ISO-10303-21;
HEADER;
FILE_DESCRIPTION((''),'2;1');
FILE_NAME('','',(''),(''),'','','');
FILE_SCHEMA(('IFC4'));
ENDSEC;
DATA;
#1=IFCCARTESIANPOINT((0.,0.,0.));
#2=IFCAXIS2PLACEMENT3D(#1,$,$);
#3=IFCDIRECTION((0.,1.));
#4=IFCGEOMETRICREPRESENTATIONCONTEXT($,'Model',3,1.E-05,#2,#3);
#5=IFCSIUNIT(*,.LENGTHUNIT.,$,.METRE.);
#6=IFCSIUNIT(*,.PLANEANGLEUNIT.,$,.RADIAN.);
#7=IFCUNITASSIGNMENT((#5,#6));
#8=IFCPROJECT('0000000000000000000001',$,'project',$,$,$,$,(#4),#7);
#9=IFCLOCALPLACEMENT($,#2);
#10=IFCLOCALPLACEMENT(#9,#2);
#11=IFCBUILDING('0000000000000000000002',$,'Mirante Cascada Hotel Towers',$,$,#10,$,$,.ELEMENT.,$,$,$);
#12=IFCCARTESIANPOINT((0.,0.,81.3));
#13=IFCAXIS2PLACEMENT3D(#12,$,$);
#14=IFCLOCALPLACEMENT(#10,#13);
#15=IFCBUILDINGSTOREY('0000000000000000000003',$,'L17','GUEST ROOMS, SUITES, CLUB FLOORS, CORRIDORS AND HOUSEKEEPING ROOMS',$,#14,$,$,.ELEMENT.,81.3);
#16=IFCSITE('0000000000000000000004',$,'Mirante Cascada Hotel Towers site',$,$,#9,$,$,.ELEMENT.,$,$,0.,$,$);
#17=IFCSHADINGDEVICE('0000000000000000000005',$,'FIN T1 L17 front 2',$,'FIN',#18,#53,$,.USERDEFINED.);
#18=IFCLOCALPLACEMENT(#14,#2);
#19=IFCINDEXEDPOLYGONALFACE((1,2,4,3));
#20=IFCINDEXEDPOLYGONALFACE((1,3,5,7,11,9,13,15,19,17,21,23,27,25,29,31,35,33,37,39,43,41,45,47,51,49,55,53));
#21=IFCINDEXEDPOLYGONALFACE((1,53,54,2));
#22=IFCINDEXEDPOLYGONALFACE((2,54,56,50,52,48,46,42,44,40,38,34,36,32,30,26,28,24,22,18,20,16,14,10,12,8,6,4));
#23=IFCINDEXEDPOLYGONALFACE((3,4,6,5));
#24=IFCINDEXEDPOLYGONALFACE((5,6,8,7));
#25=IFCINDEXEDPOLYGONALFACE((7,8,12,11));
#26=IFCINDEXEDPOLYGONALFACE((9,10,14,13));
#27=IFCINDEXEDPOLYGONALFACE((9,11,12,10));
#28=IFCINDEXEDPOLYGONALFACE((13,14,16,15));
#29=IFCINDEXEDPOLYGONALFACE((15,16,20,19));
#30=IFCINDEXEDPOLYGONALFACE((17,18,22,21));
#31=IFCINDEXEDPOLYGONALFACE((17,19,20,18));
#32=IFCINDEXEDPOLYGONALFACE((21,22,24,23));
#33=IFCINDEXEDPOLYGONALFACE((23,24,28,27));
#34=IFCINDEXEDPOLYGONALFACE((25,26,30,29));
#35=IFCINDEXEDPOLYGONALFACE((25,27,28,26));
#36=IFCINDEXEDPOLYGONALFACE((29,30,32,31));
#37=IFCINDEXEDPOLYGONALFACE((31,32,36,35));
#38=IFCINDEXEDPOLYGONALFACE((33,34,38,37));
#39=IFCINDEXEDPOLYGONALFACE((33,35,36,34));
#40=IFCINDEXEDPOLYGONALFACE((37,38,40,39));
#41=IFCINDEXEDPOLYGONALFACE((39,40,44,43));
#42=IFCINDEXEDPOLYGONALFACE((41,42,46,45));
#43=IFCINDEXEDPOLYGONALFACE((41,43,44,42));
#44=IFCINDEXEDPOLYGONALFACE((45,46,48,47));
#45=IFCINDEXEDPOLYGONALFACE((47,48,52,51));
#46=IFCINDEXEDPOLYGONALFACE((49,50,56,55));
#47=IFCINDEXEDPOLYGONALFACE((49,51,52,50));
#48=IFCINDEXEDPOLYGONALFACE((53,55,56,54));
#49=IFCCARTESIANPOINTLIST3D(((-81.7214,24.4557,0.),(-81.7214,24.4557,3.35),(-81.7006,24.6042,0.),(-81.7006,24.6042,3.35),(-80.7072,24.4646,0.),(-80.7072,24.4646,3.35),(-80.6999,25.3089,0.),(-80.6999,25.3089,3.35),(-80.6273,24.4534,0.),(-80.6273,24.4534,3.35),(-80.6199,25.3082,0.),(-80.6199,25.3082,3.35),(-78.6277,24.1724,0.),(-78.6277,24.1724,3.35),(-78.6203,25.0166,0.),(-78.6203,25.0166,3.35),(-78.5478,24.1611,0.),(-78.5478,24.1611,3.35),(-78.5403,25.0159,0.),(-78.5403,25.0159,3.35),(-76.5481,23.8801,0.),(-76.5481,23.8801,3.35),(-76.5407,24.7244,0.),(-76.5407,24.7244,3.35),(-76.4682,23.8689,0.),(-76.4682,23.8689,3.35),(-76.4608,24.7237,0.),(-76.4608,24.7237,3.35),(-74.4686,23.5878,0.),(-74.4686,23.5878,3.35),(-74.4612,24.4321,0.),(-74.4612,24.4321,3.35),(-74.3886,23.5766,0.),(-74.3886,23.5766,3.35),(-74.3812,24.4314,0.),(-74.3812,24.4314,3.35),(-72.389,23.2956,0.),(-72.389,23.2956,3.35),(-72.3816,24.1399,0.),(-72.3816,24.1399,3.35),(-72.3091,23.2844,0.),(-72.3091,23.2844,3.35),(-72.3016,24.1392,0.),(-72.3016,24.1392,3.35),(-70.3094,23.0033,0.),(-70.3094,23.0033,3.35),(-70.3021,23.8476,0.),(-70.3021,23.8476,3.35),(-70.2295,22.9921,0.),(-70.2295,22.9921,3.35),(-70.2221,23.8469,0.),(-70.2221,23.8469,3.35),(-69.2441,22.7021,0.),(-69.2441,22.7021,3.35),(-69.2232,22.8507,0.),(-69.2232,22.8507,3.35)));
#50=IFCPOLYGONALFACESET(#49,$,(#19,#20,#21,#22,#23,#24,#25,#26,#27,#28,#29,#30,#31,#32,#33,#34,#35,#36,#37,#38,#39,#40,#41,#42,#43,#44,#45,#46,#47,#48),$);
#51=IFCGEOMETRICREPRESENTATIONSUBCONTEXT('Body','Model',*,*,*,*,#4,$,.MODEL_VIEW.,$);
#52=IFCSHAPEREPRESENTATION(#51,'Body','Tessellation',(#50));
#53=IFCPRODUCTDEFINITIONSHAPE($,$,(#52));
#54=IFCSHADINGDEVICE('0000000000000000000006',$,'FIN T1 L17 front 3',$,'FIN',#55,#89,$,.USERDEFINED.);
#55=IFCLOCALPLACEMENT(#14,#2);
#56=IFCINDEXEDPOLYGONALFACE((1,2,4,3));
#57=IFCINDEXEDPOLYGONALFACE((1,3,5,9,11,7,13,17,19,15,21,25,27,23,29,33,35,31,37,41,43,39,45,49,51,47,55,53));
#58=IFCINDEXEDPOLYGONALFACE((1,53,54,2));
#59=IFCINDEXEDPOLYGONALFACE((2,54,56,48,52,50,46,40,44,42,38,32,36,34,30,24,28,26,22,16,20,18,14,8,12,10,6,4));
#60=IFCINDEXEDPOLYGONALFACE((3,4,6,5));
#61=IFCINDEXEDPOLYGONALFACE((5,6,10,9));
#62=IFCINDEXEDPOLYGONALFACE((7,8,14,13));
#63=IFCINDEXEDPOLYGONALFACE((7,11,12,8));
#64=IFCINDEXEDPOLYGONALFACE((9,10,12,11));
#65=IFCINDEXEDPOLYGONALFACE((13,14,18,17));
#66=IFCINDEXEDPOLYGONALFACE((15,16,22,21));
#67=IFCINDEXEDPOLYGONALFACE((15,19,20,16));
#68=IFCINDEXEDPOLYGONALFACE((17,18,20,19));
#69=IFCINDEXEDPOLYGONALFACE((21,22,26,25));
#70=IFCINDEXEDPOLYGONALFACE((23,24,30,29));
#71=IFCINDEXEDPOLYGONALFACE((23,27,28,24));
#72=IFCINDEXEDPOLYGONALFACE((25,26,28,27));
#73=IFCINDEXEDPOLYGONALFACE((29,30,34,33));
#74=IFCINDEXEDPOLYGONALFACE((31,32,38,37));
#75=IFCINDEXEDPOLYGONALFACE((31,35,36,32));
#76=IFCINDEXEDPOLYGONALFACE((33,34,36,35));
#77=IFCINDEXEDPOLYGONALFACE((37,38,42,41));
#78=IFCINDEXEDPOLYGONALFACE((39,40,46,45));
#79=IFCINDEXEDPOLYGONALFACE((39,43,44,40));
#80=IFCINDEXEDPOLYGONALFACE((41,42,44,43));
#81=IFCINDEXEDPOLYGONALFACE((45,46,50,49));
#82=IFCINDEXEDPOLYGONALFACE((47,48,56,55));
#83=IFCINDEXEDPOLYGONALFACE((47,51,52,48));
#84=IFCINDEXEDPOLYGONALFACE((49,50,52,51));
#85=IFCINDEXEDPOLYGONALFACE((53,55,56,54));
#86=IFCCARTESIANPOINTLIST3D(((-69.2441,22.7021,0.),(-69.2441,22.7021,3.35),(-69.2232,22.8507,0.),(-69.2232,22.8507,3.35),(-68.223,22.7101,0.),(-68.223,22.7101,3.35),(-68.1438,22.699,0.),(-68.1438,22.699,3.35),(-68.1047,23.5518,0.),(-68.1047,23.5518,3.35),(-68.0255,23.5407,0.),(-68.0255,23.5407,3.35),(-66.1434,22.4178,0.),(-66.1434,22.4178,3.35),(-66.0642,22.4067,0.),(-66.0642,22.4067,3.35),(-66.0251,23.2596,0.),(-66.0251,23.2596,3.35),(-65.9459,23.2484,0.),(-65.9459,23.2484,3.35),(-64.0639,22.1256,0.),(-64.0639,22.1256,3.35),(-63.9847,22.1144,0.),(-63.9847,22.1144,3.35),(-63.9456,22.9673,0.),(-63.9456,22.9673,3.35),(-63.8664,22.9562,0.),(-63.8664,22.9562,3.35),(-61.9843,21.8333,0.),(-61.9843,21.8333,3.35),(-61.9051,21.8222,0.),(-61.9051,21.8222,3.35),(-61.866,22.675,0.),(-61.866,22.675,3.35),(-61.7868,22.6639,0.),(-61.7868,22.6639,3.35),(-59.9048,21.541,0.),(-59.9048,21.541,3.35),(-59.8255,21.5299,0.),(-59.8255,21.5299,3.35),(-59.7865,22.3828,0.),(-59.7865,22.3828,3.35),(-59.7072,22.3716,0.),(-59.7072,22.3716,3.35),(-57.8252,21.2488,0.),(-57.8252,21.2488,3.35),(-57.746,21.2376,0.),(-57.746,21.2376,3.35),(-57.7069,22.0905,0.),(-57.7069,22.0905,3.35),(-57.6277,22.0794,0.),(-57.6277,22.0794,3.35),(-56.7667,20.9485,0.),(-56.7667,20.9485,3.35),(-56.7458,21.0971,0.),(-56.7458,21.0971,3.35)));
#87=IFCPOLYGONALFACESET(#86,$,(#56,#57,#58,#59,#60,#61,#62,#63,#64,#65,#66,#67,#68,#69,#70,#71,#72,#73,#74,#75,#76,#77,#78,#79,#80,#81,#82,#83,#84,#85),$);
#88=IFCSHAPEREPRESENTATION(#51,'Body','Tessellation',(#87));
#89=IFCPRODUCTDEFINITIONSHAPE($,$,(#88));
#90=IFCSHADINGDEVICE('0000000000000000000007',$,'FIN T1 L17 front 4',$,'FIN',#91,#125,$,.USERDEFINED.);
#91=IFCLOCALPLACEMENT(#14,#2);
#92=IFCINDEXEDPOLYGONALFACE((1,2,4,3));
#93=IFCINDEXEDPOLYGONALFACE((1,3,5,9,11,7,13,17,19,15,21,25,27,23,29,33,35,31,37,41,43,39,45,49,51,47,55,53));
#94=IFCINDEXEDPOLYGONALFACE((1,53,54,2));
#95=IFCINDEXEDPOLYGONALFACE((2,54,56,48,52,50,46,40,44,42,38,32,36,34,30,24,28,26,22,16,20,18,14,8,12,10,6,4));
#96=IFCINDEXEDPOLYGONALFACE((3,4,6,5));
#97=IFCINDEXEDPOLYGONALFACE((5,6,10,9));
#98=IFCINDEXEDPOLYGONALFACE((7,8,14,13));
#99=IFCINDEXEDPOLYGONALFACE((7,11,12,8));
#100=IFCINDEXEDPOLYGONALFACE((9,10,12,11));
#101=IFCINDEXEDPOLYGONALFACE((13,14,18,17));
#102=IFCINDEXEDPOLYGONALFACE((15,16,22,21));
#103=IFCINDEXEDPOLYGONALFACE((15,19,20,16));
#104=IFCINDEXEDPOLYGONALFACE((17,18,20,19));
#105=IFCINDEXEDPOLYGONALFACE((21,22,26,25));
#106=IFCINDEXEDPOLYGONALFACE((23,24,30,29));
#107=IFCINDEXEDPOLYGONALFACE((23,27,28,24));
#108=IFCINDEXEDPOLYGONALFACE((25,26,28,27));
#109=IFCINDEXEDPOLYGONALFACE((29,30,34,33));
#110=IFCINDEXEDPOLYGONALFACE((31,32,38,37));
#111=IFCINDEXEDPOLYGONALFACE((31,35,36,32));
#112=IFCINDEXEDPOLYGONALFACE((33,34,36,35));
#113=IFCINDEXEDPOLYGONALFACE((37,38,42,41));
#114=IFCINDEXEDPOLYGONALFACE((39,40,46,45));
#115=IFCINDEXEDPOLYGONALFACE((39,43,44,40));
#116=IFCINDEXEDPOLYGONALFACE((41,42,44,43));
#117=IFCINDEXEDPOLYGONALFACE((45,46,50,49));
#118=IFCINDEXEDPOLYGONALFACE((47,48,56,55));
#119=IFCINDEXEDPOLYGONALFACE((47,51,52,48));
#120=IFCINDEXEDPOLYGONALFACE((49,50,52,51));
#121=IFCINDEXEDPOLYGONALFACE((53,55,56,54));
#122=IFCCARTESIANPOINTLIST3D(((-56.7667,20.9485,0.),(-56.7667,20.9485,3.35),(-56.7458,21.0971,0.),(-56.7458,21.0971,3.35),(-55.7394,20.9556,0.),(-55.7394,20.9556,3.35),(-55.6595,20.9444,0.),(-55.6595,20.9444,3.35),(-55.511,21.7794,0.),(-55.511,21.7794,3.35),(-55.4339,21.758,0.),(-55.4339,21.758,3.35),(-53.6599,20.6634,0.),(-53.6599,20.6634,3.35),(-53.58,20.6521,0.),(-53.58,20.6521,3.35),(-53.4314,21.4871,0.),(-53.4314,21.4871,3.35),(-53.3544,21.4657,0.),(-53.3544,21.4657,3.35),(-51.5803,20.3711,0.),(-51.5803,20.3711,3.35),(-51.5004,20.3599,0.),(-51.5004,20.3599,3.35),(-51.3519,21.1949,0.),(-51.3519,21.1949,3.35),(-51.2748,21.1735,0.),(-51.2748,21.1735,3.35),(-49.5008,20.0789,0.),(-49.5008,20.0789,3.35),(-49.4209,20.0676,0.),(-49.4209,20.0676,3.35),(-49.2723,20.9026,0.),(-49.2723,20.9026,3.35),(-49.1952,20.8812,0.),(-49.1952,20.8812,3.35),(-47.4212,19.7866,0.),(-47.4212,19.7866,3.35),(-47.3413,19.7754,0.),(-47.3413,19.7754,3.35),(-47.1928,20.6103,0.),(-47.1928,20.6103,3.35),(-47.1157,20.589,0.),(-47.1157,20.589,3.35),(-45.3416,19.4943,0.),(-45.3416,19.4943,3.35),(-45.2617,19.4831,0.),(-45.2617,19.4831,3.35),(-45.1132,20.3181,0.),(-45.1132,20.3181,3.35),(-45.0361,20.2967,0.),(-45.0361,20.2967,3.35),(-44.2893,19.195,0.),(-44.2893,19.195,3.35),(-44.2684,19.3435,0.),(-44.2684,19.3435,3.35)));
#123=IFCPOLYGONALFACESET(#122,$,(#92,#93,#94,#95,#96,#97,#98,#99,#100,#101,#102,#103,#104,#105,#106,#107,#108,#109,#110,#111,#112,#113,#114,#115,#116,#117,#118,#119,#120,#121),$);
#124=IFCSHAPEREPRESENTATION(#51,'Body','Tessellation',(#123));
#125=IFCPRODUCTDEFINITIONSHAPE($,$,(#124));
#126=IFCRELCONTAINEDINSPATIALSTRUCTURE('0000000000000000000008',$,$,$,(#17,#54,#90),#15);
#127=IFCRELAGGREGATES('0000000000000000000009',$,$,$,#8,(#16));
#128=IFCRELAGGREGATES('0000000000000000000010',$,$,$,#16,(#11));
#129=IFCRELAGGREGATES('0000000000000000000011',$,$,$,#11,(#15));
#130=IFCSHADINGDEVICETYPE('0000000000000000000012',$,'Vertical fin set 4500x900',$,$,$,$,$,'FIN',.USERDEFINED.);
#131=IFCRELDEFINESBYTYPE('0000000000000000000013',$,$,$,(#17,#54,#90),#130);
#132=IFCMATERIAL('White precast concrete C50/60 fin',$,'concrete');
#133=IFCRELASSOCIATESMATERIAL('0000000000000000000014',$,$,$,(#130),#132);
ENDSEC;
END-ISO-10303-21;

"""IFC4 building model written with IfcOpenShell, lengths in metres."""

from ifc_helpers import new_model, si_unit, direction, frame, origin, place, context, subcontext, project, spatial, polyline, outline, extrude, material, type_object, element, save


model = new_model("IFC4")

# Units and contexts
model_context = context("Model", 3, precision=1e-05, world=origin(), true_north=direction((0.0, 1.0)))
body_context = subcontext(model_context, "Body", "Model", "MODEL_VIEW")
ifc_project = project(units=[si_unit("LENGTHUNIT", "METRE"), si_unit("PLANEANGLEUNIT", "RADIAN")], contexts=[model_context])

# Site, building, storey
site_placement = place(None, origin())
site = spatial("IfcSite", under=ifc_project, at=site_placement, Name="Mirante Cascada Hotel Towers site", CompositionType="ELEMENT", RefElevation=0.0)
building_placement = place(site_placement, origin())
building = spatial("IfcBuilding", under=site, at=building_placement, Name="Mirante Cascada Hotel Towers", CompositionType="ELEMENT")
storey_placement = place(building_placement, frame((0.0, 0.0, 81.3)))
storey = spatial("IfcBuildingStorey", under=building, at=storey_placement, Name="L17", Description="GUEST ROOMS, SUITES, CLUB FLOORS, CORRIDORS AND HOUSEKEEPING ROOMS", CompositionType="ELEMENT", Elevation=81.3)

# Shading devices
ifc_material_1 = material(Name="White precast concrete C50/60 fin", Category="concrete")
shading_device_type = type_object("IfcShadingDeviceType", Name="Vertical fin set 4500x900", ElementType="FIN", PredefinedType="USERDEFINED", material=ifc_material_1)
shading_device_1_placement = place(storey_placement, origin())
element("IfcShadingDevice", 1, at=shading_device_1_placement, inside=storey, type_object=shading_device_type, Name="FIN T1 L17 front 2", ObjectType="FIN", PredefinedType="USERDEFINED", context=body_context, shape_type="SweptSolid", body=[
    extrude(outline(polyline([(-70.2221, 23.8469), (-70.2295, 22.9921), (-69.2232, 22.8507), (-69.2441, 22.7021), (-81.7214, 24.4557), (-81.7006, 24.6042), (-80.7072, 24.4646), (-80.6999, 25.3089), (-80.6199, 25.3082), (-80.6273, 24.4534), (-78.6277, 24.1724), (-78.6203, 25.0166), (-78.5403, 25.0159), (-78.5478, 24.1611), (-76.5481, 23.8801), (-76.5407, 24.7244), (-76.4608, 24.7237), (-76.4682, 23.8689), (-74.4686, 23.5878), (-74.4612, 24.4321), (-74.3812, 24.4314), (-74.3886, 23.5766), (-72.389, 23.2956), (-72.3816, 24.1399), (-72.3016, 24.1392), (-72.3091, 23.2844), (-70.3094, 23.0033), (-70.3021, 23.8476), (-70.2221, 23.8469)])), origin(), (0.0, 0.0, 1.0), 3.35),
])
shading_device_2_placement = place(storey_placement, origin())
element("IfcShadingDevice", 2, at=shading_device_2_placement, inside=storey, type_object=shading_device_type, Name="FIN T1 L17 front 3", ObjectType="FIN", PredefinedType="USERDEFINED", context=body_context, shape_type="SweptSolid", body=[
    extrude(outline(polyline([(-57.6277, 22.0794), (-57.746, 21.2376), (-56.7458, 21.0971), (-56.7667, 20.9485), (-69.2441, 22.7021), (-69.2232, 22.8507), (-68.223, 22.7101), (-68.1047, 23.5518), (-68.0255, 23.5407), (-68.1438, 22.699), (-66.1434, 22.4178), (-66.0251, 23.2596), (-65.9459, 23.2484), (-66.0642, 22.4067), (-64.0639, 22.1256), (-63.9456, 22.9673), (-63.8664, 22.9562), (-63.9847, 22.1144), (-61.9843, 21.8333), (-61.866, 22.675), (-61.7868, 22.6639), (-61.9051, 21.8222), (-59.9048, 21.541), (-59.7865, 22.3828), (-59.7072, 22.3716), (-59.8255, 21.5299), (-57.8252, 21.2488), (-57.7069, 22.0905), (-57.6277, 22.0794)])), origin(), (0.0, 0.0, 1.0), 3.35),
])
shading_device_3_placement = place(storey_placement, origin())
element("IfcShadingDevice", 3, at=shading_device_3_placement, inside=storey, type_object=shading_device_type, Name="FIN T1 L17 front 4", ObjectType="FIN", PredefinedType="USERDEFINED", context=body_context, shape_type="SweptSolid", body=[
    extrude(outline(polyline([(-45.0361, 20.2967), (-45.2617, 19.4831), (-44.2684, 19.3435), (-44.2893, 19.195), (-56.7667, 20.9485), (-56.7458, 21.0971), (-55.7394, 20.9556), (-55.511, 21.7794), (-55.4339, 21.758), (-55.6595, 20.9444), (-53.6599, 20.6634), (-53.4314, 21.4871), (-53.3544, 21.4657), (-53.58, 20.6521), (-51.5803, 20.3711), (-51.3519, 21.1949), (-51.2748, 21.1735), (-51.5004, 20.3599), (-49.5008, 20.0789), (-49.2723, 20.9026), (-49.1952, 20.8812), (-49.4209, 20.0676), (-47.4212, 19.7866), (-47.1928, 20.6103), (-47.1157, 20.589), (-47.3413, 19.7754), (-45.3416, 19.4943), (-45.1132, 20.3181), (-45.0361, 20.2967)])), origin(), (0.0, 0.0, 1.0), 3.35),
])

save(model, "model.ifc")
